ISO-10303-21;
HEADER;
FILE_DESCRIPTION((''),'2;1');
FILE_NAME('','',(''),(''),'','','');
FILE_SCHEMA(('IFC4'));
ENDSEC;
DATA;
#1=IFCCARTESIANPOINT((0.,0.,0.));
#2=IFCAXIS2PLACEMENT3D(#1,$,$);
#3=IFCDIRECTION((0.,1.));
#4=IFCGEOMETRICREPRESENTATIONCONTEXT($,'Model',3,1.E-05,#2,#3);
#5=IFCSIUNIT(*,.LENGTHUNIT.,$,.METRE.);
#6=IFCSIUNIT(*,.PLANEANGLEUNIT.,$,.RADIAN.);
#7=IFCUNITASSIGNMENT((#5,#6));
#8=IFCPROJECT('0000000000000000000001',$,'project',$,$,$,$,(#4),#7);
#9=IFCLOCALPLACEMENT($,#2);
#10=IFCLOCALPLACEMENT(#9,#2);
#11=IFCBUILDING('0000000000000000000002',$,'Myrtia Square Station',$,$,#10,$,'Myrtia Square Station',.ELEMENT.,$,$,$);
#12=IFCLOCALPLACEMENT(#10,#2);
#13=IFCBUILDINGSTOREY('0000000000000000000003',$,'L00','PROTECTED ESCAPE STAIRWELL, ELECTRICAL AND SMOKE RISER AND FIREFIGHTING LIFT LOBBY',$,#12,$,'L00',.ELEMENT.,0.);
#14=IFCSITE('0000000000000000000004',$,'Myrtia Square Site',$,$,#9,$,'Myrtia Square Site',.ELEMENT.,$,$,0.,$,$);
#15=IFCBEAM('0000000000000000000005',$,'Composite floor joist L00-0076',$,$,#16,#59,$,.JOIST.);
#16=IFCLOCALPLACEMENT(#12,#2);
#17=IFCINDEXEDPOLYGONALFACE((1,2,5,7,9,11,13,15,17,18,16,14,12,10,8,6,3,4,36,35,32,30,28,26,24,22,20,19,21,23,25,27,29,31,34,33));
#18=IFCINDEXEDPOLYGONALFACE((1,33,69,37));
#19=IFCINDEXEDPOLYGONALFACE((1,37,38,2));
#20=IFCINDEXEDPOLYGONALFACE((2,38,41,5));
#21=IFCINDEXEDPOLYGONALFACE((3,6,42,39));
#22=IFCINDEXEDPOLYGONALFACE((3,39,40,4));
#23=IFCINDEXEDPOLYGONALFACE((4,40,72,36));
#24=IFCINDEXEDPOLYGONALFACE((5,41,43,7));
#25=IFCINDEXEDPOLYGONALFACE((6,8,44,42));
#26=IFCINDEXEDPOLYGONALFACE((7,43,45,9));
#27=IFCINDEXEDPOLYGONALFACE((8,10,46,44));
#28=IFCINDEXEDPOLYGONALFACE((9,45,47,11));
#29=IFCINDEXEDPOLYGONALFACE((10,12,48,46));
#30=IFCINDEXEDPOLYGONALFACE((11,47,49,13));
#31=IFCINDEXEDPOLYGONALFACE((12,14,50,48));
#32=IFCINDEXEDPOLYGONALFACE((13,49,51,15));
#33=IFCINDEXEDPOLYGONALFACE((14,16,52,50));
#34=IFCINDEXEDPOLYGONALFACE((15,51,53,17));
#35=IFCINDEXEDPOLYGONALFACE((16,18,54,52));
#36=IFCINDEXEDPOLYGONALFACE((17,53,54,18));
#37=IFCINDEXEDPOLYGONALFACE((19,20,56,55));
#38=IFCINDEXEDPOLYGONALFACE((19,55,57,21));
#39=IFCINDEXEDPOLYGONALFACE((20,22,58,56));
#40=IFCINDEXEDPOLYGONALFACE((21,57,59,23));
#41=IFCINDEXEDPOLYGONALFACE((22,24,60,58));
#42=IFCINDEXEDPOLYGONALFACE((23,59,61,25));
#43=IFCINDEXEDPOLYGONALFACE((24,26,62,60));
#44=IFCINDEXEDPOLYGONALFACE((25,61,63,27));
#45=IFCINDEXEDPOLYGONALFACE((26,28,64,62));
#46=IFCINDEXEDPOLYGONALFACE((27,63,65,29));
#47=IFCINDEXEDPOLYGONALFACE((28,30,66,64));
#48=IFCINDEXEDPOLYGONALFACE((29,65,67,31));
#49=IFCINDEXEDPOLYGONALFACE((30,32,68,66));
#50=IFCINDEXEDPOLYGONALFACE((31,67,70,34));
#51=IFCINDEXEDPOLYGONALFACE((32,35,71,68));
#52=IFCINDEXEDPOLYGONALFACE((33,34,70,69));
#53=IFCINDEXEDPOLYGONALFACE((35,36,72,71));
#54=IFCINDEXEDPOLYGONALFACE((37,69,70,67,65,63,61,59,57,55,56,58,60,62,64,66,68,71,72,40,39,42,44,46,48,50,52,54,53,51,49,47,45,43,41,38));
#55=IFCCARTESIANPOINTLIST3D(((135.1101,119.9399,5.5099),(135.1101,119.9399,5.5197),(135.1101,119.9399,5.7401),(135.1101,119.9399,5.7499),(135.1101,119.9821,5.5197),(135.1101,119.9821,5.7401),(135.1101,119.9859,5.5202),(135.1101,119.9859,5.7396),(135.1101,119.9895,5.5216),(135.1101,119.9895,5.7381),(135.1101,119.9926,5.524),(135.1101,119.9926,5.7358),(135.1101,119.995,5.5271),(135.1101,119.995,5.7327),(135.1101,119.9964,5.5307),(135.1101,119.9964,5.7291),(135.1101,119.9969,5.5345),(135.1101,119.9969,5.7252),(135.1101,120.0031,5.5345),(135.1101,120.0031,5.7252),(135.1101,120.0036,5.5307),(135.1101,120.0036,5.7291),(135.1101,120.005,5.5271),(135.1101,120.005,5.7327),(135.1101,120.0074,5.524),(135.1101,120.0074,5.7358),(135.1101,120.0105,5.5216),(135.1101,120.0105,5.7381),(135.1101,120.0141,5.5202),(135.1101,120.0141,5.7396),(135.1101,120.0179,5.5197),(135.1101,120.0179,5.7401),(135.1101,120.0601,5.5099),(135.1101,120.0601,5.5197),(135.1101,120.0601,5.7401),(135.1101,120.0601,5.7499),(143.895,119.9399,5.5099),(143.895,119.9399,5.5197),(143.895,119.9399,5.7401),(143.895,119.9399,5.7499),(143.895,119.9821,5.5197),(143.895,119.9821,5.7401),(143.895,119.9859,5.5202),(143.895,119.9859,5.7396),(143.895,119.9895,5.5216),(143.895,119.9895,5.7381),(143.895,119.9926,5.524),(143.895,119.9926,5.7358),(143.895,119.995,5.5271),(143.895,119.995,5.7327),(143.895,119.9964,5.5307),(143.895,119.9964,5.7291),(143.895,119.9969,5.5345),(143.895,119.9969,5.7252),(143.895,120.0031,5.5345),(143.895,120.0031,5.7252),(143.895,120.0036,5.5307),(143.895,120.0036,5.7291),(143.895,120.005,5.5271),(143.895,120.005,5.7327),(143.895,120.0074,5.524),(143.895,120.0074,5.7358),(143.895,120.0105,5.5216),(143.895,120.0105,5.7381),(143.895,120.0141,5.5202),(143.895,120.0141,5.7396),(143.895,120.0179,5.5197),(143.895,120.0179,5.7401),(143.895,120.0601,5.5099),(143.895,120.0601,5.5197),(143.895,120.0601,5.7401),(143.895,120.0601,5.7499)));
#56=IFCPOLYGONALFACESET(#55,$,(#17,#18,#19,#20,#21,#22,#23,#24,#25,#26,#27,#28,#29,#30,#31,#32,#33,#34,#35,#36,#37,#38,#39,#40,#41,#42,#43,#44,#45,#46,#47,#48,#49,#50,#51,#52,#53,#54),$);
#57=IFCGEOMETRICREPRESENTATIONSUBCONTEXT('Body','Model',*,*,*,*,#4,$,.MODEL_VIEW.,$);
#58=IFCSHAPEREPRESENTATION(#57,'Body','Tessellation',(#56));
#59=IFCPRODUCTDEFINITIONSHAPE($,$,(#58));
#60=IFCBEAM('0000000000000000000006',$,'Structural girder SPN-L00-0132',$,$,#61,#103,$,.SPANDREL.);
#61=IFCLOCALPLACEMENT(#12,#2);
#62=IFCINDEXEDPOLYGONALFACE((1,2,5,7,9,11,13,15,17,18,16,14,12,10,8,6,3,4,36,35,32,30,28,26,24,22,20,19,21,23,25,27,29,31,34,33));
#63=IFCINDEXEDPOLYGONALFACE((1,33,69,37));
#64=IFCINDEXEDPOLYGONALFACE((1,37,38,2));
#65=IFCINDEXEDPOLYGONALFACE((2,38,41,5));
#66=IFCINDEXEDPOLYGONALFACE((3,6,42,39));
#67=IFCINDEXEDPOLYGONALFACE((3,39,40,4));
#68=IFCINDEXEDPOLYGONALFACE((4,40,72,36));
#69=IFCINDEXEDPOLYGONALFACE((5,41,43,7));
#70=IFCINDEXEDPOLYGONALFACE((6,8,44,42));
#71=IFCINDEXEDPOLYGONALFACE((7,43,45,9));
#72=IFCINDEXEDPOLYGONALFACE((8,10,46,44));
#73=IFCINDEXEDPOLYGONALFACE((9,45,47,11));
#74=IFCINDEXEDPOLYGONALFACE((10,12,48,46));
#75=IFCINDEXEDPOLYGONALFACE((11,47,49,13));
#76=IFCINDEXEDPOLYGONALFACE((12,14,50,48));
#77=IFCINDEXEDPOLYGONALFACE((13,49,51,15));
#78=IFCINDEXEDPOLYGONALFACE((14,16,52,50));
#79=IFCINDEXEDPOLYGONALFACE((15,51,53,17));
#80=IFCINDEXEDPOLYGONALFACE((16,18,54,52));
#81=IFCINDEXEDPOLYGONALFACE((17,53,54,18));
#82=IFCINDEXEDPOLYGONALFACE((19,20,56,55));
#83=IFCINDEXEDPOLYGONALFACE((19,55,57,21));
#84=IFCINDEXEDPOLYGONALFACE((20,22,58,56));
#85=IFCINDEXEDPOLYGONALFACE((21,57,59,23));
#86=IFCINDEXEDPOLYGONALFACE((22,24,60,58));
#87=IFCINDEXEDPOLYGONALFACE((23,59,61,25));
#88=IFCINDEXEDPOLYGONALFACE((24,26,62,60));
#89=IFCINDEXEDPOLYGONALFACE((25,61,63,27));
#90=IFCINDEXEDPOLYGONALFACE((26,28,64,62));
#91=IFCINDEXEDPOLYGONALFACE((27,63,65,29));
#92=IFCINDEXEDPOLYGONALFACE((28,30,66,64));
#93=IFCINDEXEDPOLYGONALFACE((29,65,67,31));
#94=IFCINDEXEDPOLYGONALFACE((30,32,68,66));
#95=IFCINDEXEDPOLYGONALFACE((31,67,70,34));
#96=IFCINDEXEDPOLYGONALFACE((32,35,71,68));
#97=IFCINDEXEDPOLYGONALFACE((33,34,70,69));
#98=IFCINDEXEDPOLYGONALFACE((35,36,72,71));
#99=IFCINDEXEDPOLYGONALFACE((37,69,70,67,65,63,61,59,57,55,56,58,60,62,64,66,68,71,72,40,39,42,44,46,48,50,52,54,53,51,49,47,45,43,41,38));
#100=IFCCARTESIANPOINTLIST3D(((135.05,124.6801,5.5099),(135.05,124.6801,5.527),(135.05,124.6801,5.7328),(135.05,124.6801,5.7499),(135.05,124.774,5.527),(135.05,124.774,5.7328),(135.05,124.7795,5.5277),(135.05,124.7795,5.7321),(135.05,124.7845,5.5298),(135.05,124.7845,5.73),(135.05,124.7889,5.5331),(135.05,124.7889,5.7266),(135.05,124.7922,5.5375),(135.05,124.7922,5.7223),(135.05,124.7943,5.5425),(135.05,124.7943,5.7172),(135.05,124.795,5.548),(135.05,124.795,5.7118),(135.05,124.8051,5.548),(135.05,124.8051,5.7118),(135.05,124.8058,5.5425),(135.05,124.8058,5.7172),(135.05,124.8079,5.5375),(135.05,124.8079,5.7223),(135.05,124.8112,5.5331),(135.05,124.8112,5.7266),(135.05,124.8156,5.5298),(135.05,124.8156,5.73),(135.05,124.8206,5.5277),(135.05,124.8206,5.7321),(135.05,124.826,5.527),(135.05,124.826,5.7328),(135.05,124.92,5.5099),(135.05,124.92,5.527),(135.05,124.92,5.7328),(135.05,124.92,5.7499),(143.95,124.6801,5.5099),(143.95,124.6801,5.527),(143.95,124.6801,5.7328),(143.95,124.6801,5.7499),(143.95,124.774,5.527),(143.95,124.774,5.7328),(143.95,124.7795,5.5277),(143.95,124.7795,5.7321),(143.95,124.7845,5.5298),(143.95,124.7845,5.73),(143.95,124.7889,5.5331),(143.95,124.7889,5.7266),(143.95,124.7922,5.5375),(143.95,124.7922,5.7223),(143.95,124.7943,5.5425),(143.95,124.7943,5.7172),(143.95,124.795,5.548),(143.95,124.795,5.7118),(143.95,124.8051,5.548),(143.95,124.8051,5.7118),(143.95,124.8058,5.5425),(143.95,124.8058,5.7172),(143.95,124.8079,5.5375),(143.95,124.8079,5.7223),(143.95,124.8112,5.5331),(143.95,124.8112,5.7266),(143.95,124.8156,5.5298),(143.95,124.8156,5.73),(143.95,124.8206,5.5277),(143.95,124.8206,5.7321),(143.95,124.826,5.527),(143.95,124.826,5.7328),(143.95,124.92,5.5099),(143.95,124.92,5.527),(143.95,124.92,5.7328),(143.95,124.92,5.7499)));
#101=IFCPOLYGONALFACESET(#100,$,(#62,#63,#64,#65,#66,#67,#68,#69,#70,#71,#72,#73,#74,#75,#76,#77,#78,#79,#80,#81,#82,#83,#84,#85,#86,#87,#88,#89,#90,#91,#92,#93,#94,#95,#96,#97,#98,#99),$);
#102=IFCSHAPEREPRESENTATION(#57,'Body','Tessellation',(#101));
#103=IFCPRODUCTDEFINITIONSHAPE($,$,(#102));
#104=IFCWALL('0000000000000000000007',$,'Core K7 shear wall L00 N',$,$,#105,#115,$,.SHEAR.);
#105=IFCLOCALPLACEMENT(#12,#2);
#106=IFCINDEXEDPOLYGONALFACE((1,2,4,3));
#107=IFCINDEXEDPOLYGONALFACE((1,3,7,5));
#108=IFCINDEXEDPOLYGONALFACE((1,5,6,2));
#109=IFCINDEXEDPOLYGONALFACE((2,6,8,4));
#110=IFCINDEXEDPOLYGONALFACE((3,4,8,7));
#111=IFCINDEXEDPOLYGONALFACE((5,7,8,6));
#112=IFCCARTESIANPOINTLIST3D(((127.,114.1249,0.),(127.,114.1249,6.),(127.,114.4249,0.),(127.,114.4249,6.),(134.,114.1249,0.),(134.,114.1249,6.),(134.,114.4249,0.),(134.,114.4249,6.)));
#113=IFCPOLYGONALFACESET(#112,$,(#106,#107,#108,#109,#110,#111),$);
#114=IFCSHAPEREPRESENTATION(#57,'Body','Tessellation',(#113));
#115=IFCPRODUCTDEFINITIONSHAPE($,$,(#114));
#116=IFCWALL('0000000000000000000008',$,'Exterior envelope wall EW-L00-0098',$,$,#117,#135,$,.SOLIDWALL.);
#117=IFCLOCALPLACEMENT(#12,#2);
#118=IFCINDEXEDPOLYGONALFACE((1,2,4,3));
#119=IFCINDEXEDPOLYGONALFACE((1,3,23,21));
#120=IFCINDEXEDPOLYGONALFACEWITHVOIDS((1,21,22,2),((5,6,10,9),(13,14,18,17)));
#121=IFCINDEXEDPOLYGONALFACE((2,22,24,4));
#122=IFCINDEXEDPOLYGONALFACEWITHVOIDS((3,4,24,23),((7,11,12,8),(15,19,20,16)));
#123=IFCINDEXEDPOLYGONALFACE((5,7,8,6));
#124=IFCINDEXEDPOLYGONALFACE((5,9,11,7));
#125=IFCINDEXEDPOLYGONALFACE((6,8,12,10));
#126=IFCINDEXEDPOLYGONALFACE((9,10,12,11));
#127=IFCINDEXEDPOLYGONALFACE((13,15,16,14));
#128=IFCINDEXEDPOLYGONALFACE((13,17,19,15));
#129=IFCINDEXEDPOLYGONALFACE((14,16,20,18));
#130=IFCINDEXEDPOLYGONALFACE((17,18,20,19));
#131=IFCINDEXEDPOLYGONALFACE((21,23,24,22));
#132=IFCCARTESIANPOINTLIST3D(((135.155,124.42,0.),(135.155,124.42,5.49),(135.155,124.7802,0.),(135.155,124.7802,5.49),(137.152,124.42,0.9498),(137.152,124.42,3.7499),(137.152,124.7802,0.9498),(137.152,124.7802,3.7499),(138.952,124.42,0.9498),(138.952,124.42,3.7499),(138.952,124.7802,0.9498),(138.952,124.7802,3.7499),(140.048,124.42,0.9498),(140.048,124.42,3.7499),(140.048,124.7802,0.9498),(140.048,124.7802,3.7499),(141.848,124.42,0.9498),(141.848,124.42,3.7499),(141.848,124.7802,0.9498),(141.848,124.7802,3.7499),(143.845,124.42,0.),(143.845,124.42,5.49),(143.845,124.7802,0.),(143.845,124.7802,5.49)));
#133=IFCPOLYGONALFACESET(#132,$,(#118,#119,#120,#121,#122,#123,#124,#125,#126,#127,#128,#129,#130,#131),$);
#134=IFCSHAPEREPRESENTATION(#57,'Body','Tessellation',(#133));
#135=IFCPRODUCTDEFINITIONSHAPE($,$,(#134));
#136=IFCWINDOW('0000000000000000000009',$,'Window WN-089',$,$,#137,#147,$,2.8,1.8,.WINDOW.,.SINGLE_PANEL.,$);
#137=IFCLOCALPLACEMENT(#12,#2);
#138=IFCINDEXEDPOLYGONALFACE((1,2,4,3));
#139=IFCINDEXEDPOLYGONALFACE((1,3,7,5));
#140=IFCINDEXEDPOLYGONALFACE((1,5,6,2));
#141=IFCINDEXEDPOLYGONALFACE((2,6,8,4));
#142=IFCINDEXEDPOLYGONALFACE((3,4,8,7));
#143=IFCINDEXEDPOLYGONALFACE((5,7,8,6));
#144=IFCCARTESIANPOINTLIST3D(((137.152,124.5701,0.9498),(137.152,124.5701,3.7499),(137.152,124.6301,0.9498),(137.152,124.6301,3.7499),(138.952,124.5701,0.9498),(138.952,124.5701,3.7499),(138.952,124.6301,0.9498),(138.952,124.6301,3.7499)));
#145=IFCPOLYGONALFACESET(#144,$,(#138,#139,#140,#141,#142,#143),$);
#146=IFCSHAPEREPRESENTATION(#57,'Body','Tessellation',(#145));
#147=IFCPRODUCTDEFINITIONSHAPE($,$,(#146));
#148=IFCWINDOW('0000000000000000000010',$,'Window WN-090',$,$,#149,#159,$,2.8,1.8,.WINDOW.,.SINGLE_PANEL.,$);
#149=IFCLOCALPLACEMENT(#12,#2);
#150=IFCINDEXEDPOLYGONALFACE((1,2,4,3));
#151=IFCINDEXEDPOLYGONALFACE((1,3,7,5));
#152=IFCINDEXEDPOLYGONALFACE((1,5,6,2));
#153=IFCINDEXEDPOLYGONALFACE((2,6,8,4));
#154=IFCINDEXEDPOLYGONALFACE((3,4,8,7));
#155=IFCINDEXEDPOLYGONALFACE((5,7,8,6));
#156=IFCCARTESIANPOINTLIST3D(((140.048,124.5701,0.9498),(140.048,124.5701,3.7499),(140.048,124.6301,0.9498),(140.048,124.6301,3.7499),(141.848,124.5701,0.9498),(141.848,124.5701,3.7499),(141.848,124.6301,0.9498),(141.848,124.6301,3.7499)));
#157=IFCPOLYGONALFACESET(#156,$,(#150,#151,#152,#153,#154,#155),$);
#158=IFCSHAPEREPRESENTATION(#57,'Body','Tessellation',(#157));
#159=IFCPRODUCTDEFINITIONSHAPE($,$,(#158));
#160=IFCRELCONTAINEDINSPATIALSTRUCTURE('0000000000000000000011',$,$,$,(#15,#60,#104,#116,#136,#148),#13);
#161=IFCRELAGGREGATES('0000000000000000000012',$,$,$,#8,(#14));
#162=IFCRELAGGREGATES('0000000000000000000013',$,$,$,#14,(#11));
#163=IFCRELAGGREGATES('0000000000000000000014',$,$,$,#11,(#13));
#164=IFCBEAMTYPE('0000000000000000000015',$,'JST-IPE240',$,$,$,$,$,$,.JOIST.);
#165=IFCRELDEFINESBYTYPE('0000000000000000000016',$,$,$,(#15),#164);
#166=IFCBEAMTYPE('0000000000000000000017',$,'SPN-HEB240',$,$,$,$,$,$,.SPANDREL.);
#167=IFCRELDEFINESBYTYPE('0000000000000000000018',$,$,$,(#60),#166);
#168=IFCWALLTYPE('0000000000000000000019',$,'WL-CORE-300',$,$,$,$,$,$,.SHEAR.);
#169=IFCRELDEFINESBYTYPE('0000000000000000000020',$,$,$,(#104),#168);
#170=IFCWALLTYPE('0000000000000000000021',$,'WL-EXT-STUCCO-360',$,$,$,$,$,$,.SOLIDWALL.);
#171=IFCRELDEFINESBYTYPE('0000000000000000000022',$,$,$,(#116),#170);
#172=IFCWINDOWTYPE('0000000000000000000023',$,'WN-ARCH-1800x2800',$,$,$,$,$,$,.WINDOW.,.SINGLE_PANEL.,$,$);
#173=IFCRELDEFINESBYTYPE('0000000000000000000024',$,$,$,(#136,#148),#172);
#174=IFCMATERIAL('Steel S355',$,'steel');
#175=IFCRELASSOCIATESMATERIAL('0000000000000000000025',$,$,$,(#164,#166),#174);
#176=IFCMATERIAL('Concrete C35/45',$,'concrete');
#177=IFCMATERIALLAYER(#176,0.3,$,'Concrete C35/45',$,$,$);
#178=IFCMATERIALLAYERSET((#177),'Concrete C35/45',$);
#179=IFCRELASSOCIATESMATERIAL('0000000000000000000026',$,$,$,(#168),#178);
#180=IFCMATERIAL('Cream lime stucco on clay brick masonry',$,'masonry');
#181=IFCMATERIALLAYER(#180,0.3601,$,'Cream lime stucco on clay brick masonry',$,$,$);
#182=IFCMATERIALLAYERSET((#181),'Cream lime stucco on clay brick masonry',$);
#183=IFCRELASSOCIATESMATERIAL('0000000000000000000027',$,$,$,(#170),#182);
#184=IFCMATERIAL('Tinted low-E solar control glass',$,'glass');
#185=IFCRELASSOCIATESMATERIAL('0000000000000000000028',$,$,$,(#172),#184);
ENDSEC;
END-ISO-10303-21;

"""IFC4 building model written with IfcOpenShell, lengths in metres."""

from ifc_helpers import new_model, si_unit, direction, frame, frame_2d, origin, origin_2d, place, context, subcontext, project, spatial, rectangle, i_section, extrude, material, layer, layer_set, material_profile, profile_set, type_object, element, fill, save


model = new_model("IFC4")

# Units and contexts
model_context = context("Model", 3, precision=1e-05, world=origin(), true_north=direction((0.0, 1.0)))
body_context = subcontext(model_context, "Body", "Model", "MODEL_VIEW")
ifc_project = project(units=[si_unit("LENGTHUNIT", "METRE"), si_unit("PLANEANGLEUNIT", "RADIAN")], contexts=[model_context])

# Site, building, storey
site_placement = place(None, origin())
site = spatial("IfcSite", under=ifc_project, at=site_placement, Name="Myrtia Square Site", LongName="Myrtia Square Site", CompositionType="ELEMENT", RefElevation=0.0)
building_placement = place(site_placement, origin())
building = spatial("IfcBuilding", under=site, at=building_placement, Name="Myrtia Square Station", LongName="Myrtia Square Station", CompositionType="ELEMENT")
storey_placement = place(building_placement, origin())
storey = spatial("IfcBuildingStorey", under=building, at=storey_placement, Name="L00", Description="PROTECTED ESCAPE STAIRWELL, ELECTRICAL AND SMOKE RISER AND FIREFIGHTING LIFT LOBBY", LongName="L00", CompositionType="ELEMENT", Elevation=0.0)

# Shared definitions
ifc_material_1 = material(Name="Steel S355", Category="steel")

# Beams
ifc_material_profile_1 = material_profile(ifc_material_1, i_section(OverallWidth=0.1201, OverallDepth=0.24, WebThickness=0.0061, FlangeThickness=0.0098, FilletRadius=0.0149, at=origin_2d()), Name="IPE 240")
ifc_profile_set_1 = profile_set([ifc_material_profile_1], Name="Steel S355")
beam_type_1 = type_object("IfcBeamType", Name="JST-IPE240", PredefinedType="JOIST", material=ifc_profile_set_1)
beam_1_placement = place(storey_placement, frame((135.1101, 120.0, 5.6299), z_axis=(1.0, 0.0, 0.0), x_axis=(0.0, 1.0, 0.0)))
element("IfcBeam", 1, at=beam_1_placement, inside=storey, type_object=beam_type_1, Name="Composite floor joist L00-0076", PredefinedType="JOIST", context=body_context, shape_type="SweptSolid", body=[
    extrude(i_section(OverallWidth=0.1201, OverallDepth=0.24, WebThickness=0.0061, FlangeThickness=0.0098, FilletRadius=0.0149, at=origin_2d()), origin(), (0.0, 0.0, 1.0), 8.7849),
])
ifc_material_profile_2 = material_profile(ifc_material_1, i_section(OverallWidth=0.24, OverallDepth=0.24, WebThickness=0.01, FlangeThickness=0.0171, FilletRadius=0.021, at=origin_2d()), Name="HEB 240")
ifc_profile_set_2 = profile_set([ifc_material_profile_2], Name="Steel S355")
beam_type_2 = type_object("IfcBeamType", Name="SPN-HEB240", PredefinedType="SPANDREL", material=ifc_profile_set_2)
beam_2_placement = place(storey_placement, frame((135.05, 124.8, 5.6299), z_axis=(1.0, 0.0, 0.0), x_axis=(0.0, 1.0, 0.0)))
element("IfcBeam", 2, at=beam_2_placement, inside=storey, type_object=beam_type_2, Name="Structural girder SPN-L00-0132", PredefinedType="SPANDREL", context=body_context, shape_type="SweptSolid", body=[
    extrude(i_section(OverallWidth=0.24, OverallDepth=0.24, WebThickness=0.01, FlangeThickness=0.0171, FilletRadius=0.021, at=origin_2d()), origin(), (0.0, 0.0, 1.0), 8.8999),
])

# Wall
ifc_material_2 = material(Name="Concrete C35/45", Category="concrete")
ifc_layer_1 = layer(ifc_material_2, 0.3, Name="Concrete C35/45")
ifc_layer_set_1 = layer_set([ifc_layer_1], Name="Concrete C35/45")
wall_type_1 = type_object("IfcWallType", Name="WL-CORE-300", PredefinedType="SHEAR", material=ifc_layer_set_1)
wall_1_placement = place(storey_placement, frame((127.0, 114.2749, 0.0), z_axis=(0.0, 0.0, 1.0), x_axis=(1.0, 0.0, 0.0)))
element("IfcWall", 3, at=wall_1_placement, inside=storey, type_object=wall_type_1, Name="Core K7 shear wall L00 N", PredefinedType="SHEAR", context=body_context, shape_type="SweptSolid", body=[
    extrude(rectangle(XDim=7.0, YDim=0.3, at=frame_2d((3.5, 0.0))), origin(), (0.0, 0.0, 1.0), 6.0),
])

# Wall, openings, windows
ifc_material_3 = material(Name="Cream lime stucco on clay brick masonry", Category="masonry")
ifc_layer_2 = layer(ifc_material_3, 0.3601, Name="Cream lime stucco on clay brick masonry")
ifc_layer_set_2 = layer_set([ifc_layer_2], Name="Cream lime stucco on clay brick masonry")
wall_type_2 = type_object("IfcWallType", Name="WL-EXT-STUCCO-360", PredefinedType="SOLIDWALL", material=ifc_layer_set_2)
wall_2_placement = place(storey_placement, frame((135.155, 124.6001, 0.0), z_axis=(0.0, 0.0, 1.0), x_axis=(1.0, 0.0, 0.0)))
wall_2 = element("IfcWall", 4, at=wall_2_placement, inside=storey, type_object=wall_type_2, Name="Exterior envelope wall EW-L00-0098", PredefinedType="SOLIDWALL", context=body_context, shape_type="SweptSolid", body=[
    extrude(rectangle(XDim=8.6899, YDim=0.3601, at=frame_2d((4.345, 0.0))), origin(), (0.0, 0.0, 1.0), 5.49),
])
opening_1_placement = place(wall_2_placement, frame((1.9971, 0.0, 0.95)))
opening_1 = element("IfcOpeningElement", 5, at=opening_1_placement, cuts=wall_2, PredefinedType="OPENING", context=body_context, shape_type="SweptSolid", body=[
    extrude(rectangle(XDim=1.8, YDim=2.8, at=frame_2d((0.8999, 1.3999))), frame((0.0, 0.1951, 0.0), z_axis=(0.0, -1.0, 0.0), x_axis=(1.0, 0.0, 0.0)), (0.0, 0.0, 1.0), 0.3901),
])
opening_2_placement = place(wall_2_placement, frame((4.8931, 0.0, 0.95)))
opening_2 = element("IfcOpeningElement", 6, at=opening_2_placement, cuts=wall_2, PredefinedType="OPENING", context=body_context, shape_type="SweptSolid", body=[
    extrude(rectangle(XDim=1.8, YDim=2.8, at=frame_2d((0.8999, 1.3999))), frame((0.0, 0.1951, 0.0), z_axis=(0.0, -1.0, 0.0), x_axis=(1.0, 0.0, 0.0)), (0.0, 0.0, 1.0), 0.3901),
])
ifc_material_4 = material(Name="Tinted low-E solar control glass", Category="glass")
window_type = type_object("IfcWindowType", Name="WN-ARCH-1800x2800", PartitioningType="SINGLE_PANEL", PredefinedType="WINDOW", material=ifc_material_4)
window_1_placement = place(opening_1_placement, origin())
window_1 = element("IfcWindow", 7, at=window_1_placement, inside=storey, type_object=window_type, Name="Window WN-089", OverallHeight=2.8, OverallWidth=1.8, PartitioningType="SINGLE_PANEL", PredefinedType="WINDOW", context=body_context, shape_type="SweptSolid", body=[
    extrude(rectangle(XDim=1.8, YDim=2.8, at=frame_2d((0.8999, 1.3999))), frame((0.0, 0.03, 0.0), z_axis=(0.0, -1.0, 0.0), x_axis=(1.0, 0.0, 0.0)), (0.0, 0.0, 1.0), 0.0601),
])
fill(opening_1, window_1)
window_2_placement = place(opening_2_placement, origin())
window_2 = element("IfcWindow", 8, at=window_2_placement, inside=storey, type_object=window_type, Name="Window WN-090", OverallHeight=2.8, OverallWidth=1.8, PartitioningType="SINGLE_PANEL", PredefinedType="WINDOW", context=body_context, shape_type="SweptSolid", body=[
    extrude(rectangle(XDim=1.8, YDim=2.8, at=frame_2d((0.8999, 1.3999))), frame((0.0, 0.03, 0.0), z_axis=(0.0, -1.0, 0.0), x_axis=(1.0, 0.0, 0.0)), (0.0, 0.0, 1.0), 0.0601),
])
fill(opening_2, window_2)

save(model, "model.ifc")
